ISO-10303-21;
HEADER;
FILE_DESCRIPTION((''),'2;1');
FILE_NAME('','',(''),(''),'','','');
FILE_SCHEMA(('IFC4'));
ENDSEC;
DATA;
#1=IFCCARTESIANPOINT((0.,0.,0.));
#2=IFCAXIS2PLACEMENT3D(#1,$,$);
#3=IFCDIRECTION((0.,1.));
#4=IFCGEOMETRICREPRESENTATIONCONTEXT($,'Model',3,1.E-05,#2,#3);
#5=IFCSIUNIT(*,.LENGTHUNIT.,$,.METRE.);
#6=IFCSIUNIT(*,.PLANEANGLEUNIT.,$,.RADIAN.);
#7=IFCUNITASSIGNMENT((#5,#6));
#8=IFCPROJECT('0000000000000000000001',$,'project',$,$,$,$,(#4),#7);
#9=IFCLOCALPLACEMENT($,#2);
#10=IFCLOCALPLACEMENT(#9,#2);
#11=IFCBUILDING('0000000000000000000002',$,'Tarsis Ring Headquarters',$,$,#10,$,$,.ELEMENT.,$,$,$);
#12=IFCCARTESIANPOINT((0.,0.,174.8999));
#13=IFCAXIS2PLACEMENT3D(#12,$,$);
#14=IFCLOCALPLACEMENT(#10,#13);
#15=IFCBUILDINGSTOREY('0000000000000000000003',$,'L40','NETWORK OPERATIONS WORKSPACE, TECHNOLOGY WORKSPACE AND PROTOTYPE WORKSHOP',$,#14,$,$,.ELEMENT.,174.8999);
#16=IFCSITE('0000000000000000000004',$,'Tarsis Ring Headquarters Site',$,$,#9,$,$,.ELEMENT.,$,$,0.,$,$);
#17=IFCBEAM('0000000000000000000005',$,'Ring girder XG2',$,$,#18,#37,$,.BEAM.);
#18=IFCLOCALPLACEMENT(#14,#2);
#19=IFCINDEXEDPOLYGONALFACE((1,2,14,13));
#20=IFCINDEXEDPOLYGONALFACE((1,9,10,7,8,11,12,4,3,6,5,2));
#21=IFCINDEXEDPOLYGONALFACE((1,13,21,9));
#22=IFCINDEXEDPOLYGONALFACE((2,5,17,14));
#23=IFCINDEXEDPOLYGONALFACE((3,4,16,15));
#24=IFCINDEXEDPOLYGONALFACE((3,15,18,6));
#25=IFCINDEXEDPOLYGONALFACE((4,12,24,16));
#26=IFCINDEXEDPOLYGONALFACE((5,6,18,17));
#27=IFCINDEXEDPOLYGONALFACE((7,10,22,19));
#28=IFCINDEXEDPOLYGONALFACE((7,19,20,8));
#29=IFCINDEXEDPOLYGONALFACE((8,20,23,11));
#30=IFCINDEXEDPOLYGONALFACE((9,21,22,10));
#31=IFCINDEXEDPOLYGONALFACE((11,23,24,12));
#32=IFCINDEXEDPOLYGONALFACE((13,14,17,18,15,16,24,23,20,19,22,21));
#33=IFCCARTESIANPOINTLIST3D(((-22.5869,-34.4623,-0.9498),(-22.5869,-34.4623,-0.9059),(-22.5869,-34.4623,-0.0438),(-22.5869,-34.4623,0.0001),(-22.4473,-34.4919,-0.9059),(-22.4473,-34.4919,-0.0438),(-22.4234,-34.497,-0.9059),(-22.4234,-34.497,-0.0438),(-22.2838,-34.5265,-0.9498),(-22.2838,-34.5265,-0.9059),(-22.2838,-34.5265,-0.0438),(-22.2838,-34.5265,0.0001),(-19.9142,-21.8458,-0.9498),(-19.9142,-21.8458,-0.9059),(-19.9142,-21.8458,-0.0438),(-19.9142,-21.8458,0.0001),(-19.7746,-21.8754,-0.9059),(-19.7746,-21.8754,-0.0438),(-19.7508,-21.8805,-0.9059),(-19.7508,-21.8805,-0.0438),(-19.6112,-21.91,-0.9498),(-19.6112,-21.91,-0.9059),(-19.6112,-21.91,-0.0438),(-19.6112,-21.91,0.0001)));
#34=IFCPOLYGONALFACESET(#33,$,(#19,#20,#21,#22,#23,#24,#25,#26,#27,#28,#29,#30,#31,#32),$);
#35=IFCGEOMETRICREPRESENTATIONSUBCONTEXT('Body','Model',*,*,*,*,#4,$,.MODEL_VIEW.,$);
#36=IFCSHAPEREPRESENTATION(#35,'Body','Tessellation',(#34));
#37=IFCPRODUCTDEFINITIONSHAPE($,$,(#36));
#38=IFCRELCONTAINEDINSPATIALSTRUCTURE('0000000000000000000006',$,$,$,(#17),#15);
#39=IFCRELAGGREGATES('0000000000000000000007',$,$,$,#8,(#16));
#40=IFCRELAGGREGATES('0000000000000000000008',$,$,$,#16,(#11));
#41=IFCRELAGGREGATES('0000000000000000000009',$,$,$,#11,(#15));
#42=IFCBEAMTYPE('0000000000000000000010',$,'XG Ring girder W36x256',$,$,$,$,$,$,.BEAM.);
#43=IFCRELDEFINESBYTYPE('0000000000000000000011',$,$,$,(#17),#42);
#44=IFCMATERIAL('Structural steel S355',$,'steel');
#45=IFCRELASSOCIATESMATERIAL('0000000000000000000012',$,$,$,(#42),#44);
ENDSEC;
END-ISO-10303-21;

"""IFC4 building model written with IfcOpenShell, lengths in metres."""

from ifc_helpers import new_model, si_unit, direction, frame, origin, origin_2d, place, context, subcontext, project, spatial, i_section, extrude, material, material_profile, profile_set, type_object, element, save


model = new_model("IFC4")

# Units and contexts
model_context = context("Model", 3, precision=1e-05, world=origin(), true_north=direction((0.0, 1.0)))
body_context = subcontext(model_context, "Body", "Model", "MODEL_VIEW")
ifc_project = project(units=[si_unit("LENGTHUNIT", "METRE"), si_unit("PLANEANGLEUNIT", "RADIAN")], contexts=[model_context])

# Site, building, storey
site_placement = place(None, origin())
site = spatial("IfcSite", under=ifc_project, at=site_placement, Name="Tarsis Ring Headquarters Site", CompositionType="ELEMENT", RefElevation=0.0)
building_placement = place(site_placement, origin())
building = spatial("IfcBuilding", under=site, at=building_placement, Name="Tarsis Ring Headquarters", CompositionType="ELEMENT")
storey_placement = place(building_placement, frame((0.0, 0.0, 174.8999)))
storey = spatial("IfcBuildingStorey", under=building, at=storey_placement, Name="L40", Description="NETWORK OPERATIONS WORKSPACE, TECHNOLOGY WORKSPACE AND PROTOTYPE WORKSHOP", CompositionType="ELEMENT", Elevation=174.8999)

# Shared definitions
ifc_material_1 = material(Name="Structural steel S355", Category="steel")

# Beam
ifc_material_profile_1 = material_profile(ifc_material_1, i_section(OverallWidth=0.3098, OverallDepth=0.95, WebThickness=0.0244, FlangeThickness=0.0439, at=origin_2d()), Name="W36x256")
ifc_profile_set_1 = profile_set([ifc_material_profile_1], Name="Structural steel S355")
beam_type_1 = type_object("IfcBeamType", Name="XG Ring girder W36x256", PredefinedType="BEAM", material=ifc_profile_set_1)
beam_1_placement = place(storey_placement, frame((-19.7627, -21.8779, -0.4749), z_axis=(-0.207236, -0.978291, 0.0), x_axis=(0.978291, -0.207236, 0.0)))
element("IfcBeam", 1, at=beam_1_placement, inside=storey, type_object=beam_type_1, Name="Ring girder XG2", PredefinedType="BEAM", context=body_context, shape_type="SweptSolid", body=[
    extrude(i_section(OverallWidth=0.3098, OverallDepth=0.95, WebThickness=0.0244, FlangeThickness=0.0439, at=origin_2d()), origin(), (0.0, 0.0, 1.0), 12.8965),
])

save(model, "model.ifc")
